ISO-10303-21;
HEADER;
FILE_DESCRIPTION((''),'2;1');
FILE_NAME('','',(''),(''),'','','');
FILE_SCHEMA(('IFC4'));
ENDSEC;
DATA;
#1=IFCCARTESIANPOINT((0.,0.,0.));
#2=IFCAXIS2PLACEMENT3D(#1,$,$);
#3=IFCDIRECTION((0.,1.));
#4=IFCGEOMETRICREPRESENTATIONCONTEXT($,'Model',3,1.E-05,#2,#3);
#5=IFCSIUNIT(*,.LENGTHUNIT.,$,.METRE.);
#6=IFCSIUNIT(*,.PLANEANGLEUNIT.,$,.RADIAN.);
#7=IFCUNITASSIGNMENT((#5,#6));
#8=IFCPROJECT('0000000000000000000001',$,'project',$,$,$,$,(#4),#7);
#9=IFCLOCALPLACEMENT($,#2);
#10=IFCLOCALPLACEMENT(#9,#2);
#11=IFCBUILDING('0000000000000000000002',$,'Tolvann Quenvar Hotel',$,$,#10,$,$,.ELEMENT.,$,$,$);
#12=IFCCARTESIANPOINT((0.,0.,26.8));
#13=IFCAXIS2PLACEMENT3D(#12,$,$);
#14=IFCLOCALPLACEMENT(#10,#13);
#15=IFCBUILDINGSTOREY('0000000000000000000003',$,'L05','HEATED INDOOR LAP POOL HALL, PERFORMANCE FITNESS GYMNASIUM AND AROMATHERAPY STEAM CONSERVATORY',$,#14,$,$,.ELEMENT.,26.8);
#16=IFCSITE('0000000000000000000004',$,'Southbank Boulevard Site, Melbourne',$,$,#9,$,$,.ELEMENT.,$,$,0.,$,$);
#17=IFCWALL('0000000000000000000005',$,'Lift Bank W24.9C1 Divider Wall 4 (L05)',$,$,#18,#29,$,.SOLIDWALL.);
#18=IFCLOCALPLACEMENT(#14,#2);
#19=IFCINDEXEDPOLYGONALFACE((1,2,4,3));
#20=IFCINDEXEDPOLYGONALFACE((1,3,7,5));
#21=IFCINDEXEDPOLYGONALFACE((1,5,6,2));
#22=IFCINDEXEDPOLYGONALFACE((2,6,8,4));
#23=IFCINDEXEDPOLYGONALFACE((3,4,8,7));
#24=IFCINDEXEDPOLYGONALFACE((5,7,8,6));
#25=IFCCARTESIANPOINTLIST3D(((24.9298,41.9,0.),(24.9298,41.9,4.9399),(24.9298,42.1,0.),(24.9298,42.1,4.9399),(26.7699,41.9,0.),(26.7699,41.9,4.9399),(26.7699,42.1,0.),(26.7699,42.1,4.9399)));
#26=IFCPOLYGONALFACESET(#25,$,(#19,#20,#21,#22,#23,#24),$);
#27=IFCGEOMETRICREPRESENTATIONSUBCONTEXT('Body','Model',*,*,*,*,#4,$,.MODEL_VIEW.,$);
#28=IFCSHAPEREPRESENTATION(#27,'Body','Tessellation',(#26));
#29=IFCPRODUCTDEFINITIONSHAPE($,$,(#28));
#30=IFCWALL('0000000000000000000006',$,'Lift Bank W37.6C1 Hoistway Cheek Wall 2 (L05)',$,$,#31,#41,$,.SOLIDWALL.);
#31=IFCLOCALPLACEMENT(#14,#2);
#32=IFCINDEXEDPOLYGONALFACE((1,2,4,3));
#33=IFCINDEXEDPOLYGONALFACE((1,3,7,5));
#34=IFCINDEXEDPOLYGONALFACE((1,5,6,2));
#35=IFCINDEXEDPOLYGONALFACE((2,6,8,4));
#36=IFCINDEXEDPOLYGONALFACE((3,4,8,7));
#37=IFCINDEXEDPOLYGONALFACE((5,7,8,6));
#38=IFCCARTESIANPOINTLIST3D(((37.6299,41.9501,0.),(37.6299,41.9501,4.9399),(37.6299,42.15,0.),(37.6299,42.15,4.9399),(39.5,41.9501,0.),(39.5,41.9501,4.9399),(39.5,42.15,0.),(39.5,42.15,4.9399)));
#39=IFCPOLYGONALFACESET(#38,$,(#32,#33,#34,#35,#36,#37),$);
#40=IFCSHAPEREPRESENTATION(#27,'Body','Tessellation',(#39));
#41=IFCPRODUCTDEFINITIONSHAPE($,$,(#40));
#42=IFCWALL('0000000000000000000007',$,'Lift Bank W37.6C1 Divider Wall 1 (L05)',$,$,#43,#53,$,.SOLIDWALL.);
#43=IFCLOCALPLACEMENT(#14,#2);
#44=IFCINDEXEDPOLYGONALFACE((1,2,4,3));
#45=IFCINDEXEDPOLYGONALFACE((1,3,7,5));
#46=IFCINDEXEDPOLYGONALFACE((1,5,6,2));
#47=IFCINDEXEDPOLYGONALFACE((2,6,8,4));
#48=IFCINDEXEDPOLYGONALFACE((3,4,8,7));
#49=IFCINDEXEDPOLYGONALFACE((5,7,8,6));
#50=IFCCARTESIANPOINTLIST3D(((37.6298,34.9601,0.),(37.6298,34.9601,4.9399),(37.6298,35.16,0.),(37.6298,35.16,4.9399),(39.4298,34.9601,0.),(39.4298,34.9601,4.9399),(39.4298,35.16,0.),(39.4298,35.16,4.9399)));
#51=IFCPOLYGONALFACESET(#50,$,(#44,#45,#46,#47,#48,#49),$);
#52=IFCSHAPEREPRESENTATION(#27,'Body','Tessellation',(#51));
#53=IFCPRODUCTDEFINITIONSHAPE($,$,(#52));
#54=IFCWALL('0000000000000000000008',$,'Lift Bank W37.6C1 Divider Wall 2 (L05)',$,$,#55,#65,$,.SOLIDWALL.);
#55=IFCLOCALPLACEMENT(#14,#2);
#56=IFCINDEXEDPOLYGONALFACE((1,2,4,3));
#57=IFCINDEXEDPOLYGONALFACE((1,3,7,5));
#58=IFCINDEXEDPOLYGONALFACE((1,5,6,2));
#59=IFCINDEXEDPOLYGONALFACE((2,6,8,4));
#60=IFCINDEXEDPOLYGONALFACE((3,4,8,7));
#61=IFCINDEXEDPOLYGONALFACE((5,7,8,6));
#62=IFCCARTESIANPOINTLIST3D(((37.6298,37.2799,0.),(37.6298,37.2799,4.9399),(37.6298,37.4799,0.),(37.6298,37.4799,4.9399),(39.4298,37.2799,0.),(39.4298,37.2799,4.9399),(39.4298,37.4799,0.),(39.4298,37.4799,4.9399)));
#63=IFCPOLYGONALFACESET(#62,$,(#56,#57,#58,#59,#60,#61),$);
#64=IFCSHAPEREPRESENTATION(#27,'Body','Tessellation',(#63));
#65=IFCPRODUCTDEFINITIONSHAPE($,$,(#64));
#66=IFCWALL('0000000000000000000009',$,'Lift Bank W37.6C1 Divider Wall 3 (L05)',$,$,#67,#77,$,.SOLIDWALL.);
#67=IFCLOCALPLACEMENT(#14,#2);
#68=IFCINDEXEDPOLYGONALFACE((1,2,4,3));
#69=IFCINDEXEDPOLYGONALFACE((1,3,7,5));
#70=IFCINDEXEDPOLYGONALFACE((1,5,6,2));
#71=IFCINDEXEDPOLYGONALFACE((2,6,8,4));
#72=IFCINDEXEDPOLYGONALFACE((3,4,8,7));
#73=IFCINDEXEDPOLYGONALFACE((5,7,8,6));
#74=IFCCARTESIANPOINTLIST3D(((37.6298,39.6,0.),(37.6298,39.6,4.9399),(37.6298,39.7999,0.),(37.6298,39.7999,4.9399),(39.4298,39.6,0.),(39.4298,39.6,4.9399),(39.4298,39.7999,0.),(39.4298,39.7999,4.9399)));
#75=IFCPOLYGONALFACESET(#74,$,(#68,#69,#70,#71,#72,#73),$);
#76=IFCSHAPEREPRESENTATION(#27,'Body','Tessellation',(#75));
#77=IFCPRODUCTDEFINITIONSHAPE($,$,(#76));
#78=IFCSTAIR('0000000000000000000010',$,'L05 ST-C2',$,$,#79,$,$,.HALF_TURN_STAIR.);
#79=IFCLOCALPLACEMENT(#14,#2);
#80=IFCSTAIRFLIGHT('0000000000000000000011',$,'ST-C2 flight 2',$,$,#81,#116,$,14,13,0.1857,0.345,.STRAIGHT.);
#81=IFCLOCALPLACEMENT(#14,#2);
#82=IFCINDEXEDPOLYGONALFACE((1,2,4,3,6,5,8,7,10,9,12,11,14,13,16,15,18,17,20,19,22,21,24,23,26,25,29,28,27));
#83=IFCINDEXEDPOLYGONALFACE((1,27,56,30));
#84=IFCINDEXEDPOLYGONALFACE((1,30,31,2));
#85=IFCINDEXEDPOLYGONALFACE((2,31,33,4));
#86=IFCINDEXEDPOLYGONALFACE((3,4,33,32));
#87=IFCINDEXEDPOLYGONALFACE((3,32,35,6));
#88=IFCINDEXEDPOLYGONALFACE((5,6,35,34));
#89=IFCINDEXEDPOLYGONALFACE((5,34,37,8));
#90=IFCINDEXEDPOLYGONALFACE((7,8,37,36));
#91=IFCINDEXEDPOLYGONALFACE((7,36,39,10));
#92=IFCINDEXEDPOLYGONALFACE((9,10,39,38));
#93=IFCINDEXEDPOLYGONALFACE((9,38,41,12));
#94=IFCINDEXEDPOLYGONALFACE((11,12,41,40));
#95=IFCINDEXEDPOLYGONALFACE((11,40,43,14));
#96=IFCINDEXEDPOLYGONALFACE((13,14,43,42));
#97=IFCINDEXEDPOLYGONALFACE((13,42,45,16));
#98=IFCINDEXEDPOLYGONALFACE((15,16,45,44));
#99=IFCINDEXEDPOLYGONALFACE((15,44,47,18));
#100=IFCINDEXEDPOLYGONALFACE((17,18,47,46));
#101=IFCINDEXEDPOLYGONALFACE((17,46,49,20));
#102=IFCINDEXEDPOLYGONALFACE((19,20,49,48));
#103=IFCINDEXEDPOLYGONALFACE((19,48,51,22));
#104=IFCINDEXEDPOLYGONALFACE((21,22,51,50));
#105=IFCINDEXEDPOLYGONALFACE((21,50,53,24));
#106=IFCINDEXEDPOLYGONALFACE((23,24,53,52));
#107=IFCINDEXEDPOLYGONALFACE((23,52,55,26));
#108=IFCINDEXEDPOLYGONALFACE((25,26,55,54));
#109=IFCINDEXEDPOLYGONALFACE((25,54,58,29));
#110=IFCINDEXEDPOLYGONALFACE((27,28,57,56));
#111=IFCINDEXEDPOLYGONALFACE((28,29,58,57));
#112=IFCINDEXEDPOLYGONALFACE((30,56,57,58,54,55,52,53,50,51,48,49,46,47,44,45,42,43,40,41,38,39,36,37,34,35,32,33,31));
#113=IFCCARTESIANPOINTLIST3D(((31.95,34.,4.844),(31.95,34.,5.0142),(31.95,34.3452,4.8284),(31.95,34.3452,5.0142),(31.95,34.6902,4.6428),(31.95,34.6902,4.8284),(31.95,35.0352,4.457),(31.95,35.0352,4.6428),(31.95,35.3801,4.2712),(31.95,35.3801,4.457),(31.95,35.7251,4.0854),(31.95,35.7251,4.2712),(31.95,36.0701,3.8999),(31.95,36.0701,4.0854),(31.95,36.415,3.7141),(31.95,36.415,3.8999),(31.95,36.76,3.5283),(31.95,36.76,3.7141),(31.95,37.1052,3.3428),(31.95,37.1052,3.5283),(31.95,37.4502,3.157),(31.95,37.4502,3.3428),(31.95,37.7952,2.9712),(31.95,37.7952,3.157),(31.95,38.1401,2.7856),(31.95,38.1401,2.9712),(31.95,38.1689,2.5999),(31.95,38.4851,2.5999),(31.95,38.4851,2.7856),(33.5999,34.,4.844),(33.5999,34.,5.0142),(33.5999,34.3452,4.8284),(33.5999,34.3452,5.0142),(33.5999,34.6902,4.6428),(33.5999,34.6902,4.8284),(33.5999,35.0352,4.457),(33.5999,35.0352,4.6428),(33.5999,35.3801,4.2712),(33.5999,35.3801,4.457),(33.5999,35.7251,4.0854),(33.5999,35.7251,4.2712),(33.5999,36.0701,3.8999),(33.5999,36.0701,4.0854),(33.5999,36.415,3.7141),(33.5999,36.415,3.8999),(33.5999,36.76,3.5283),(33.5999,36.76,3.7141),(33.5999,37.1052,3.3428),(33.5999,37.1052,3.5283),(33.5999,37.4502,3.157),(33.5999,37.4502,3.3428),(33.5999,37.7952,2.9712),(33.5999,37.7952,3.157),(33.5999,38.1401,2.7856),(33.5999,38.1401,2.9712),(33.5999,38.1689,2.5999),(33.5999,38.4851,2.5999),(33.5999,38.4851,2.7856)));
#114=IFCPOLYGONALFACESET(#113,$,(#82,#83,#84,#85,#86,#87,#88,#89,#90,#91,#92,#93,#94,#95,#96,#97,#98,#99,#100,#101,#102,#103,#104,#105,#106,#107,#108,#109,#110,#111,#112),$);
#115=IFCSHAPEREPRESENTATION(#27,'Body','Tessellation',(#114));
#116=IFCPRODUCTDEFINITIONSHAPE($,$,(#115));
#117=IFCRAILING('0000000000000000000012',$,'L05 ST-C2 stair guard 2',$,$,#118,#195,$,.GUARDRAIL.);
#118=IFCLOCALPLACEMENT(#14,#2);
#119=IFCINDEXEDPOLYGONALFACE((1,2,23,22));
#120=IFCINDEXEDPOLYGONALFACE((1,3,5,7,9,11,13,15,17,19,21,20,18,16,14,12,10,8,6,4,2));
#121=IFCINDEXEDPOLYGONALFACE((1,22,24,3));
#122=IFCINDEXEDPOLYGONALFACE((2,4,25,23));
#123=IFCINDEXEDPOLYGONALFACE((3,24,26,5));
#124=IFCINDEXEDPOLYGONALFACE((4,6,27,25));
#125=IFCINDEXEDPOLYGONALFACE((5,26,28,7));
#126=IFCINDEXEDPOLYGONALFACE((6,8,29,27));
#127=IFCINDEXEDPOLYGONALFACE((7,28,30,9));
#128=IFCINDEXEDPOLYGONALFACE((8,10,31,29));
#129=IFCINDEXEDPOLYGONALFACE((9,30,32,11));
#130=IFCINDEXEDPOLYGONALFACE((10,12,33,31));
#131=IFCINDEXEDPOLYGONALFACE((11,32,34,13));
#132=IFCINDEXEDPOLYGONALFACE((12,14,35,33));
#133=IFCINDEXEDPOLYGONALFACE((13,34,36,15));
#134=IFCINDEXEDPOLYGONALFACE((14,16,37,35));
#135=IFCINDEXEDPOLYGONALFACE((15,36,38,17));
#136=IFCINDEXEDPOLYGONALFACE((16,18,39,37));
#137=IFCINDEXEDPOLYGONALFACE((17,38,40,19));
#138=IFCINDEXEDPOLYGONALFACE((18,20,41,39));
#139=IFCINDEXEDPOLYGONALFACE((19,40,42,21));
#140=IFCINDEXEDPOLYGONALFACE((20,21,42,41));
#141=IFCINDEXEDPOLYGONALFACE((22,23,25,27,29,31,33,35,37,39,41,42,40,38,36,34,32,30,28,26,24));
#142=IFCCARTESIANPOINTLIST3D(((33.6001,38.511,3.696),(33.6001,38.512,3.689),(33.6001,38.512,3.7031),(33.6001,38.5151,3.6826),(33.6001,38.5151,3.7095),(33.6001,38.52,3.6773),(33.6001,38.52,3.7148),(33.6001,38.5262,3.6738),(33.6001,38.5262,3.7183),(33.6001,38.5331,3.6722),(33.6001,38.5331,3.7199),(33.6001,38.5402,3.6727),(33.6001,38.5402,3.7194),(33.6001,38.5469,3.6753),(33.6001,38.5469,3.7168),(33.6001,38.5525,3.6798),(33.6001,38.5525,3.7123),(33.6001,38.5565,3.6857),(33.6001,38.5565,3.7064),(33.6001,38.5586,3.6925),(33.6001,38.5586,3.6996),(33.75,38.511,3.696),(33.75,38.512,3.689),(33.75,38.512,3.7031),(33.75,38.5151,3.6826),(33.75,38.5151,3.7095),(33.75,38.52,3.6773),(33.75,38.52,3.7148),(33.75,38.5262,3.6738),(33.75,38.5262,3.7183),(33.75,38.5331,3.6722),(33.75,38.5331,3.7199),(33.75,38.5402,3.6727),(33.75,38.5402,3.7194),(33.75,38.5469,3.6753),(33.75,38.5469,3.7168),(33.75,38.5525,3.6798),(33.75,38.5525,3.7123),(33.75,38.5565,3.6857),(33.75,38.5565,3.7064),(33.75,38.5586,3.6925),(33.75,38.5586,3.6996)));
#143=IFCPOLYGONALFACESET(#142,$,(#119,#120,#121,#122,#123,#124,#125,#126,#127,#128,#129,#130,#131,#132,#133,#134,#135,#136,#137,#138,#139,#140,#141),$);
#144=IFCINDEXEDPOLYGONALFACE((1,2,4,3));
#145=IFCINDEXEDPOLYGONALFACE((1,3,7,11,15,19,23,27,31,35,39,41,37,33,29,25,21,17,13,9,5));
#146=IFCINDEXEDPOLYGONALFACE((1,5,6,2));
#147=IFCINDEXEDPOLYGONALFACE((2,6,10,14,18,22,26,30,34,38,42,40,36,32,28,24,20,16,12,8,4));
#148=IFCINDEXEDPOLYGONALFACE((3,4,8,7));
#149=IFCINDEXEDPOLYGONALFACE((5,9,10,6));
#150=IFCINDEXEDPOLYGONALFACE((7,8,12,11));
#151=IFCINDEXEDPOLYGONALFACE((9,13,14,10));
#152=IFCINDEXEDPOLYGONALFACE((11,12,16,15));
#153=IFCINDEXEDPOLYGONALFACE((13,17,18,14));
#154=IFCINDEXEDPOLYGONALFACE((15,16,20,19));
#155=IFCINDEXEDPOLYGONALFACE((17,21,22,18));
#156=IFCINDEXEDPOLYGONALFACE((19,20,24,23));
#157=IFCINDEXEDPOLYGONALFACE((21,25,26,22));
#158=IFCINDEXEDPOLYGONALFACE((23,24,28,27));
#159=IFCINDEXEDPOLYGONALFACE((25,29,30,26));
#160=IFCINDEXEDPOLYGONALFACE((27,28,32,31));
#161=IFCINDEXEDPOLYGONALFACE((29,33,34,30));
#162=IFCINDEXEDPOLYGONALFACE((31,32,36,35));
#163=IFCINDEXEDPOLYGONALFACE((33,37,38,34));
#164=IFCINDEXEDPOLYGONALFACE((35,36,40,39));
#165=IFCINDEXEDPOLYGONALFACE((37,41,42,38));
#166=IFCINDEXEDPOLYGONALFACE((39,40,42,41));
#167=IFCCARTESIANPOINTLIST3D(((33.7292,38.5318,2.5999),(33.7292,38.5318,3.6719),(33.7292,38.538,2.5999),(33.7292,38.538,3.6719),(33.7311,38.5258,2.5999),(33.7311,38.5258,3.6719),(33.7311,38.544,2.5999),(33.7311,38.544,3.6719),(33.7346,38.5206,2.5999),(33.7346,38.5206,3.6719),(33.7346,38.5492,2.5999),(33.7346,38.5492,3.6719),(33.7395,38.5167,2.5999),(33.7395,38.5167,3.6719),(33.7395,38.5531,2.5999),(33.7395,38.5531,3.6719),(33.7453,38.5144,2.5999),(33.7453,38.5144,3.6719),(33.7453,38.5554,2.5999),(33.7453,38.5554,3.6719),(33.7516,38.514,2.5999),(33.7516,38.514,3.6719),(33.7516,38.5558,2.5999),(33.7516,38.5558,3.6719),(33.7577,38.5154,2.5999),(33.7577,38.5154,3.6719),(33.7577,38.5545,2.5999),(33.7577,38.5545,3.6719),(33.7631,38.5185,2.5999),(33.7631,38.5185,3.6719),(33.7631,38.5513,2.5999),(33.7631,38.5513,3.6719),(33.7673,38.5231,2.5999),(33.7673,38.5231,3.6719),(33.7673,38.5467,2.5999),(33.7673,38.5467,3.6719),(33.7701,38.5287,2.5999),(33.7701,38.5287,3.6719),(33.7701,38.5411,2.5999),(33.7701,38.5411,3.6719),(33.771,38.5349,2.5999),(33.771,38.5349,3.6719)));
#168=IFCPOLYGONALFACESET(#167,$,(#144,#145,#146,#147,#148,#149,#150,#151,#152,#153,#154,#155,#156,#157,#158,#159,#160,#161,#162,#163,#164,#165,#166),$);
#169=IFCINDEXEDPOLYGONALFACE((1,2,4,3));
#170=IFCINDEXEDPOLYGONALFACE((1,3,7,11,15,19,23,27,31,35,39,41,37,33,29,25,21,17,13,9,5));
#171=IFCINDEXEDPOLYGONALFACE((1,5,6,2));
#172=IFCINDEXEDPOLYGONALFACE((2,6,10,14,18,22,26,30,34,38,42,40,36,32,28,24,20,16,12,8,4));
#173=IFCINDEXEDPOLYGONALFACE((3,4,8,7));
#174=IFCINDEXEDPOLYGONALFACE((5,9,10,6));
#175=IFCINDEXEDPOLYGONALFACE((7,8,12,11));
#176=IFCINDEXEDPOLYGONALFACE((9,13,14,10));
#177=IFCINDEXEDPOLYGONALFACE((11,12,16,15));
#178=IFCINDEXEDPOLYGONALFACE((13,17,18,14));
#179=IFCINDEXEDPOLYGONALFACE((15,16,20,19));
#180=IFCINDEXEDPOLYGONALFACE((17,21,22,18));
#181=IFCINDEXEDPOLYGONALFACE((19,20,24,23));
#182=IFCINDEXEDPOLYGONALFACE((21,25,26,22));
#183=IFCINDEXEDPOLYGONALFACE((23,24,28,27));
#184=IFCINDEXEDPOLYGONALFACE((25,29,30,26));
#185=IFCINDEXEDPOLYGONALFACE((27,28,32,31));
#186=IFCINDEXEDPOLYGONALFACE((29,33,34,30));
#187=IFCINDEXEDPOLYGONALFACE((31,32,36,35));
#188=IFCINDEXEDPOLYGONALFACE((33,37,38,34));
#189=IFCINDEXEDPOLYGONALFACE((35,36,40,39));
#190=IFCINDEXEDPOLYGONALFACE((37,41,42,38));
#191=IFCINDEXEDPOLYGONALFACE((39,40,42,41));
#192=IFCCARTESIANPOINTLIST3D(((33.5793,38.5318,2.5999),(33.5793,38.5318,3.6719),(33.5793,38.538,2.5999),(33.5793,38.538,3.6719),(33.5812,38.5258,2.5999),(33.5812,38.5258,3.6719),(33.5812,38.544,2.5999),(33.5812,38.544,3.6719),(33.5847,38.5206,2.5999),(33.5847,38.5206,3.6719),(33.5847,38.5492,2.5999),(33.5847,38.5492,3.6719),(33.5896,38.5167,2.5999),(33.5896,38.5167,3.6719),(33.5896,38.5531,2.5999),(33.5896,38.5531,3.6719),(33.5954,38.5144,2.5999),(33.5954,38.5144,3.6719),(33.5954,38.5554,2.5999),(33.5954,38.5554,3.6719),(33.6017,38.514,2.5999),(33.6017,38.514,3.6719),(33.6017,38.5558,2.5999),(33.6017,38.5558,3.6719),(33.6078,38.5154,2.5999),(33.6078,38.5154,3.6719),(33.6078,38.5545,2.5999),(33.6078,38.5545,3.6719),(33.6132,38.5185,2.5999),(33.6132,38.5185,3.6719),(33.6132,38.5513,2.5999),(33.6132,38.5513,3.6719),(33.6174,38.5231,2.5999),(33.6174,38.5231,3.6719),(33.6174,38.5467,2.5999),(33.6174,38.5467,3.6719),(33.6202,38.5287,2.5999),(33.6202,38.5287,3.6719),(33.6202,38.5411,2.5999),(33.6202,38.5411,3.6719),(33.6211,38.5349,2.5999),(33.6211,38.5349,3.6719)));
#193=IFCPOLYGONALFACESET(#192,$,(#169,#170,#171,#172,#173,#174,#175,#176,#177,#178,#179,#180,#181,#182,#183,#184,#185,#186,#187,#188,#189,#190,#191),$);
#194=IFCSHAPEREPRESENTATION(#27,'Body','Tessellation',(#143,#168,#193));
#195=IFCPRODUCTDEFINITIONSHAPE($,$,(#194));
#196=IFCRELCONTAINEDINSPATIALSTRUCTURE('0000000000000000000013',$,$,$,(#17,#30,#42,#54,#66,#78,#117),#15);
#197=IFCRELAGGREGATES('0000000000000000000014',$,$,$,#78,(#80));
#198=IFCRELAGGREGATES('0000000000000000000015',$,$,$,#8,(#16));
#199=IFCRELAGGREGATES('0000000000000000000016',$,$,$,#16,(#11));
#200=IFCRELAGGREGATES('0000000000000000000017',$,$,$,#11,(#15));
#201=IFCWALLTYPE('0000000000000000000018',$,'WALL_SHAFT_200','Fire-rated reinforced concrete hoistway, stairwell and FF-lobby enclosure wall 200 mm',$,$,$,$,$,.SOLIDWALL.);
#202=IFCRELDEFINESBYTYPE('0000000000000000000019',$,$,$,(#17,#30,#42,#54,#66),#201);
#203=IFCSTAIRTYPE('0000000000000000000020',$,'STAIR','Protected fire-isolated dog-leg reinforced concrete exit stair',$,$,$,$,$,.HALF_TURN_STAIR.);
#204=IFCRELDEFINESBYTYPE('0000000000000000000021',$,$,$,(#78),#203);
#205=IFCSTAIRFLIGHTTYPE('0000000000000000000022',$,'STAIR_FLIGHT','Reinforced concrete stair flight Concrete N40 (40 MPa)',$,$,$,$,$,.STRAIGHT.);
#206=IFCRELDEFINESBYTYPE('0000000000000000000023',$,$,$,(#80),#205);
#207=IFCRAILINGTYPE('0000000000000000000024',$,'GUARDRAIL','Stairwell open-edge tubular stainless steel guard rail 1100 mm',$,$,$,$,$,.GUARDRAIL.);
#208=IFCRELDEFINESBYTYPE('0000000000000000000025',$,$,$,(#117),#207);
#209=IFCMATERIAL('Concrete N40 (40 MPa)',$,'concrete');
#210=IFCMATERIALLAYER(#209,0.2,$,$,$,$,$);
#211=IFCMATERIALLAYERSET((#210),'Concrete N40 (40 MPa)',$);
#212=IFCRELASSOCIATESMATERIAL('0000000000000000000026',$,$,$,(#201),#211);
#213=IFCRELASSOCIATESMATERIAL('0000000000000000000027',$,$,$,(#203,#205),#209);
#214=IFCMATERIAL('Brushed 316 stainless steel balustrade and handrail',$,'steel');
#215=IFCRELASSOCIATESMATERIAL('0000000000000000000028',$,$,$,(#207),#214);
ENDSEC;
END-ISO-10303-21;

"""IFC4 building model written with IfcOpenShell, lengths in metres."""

from ifc_helpers import new_model, si_unit, direction, frame, frame_2d, origin, origin_2d, place, context, subcontext, project, spatial, polyline, rectangle, circle, outline, extrude, material, layer, layer_set, type_object, element, aggregate, save


model = new_model("IFC4")

# Units and contexts
model_context = context("Model", 3, precision=1e-05, world=origin(), true_north=direction((0.0, 1.0)))
body_context = subcontext(model_context, "Body", "Model", "MODEL_VIEW")
ifc_project = project(units=[si_unit("LENGTHUNIT", "METRE"), si_unit("PLANEANGLEUNIT", "RADIAN")], contexts=[model_context])

# Site, building, storey
site_placement = place(None, origin())
site = spatial("IfcSite", under=ifc_project, at=site_placement, Name="Southbank Boulevard Site, Melbourne", CompositionType="ELEMENT", RefElevation=0.0)
building_placement = place(site_placement, origin())
building = spatial("IfcBuilding", under=site, at=building_placement, Name="Tolvann Quenvar Hotel", CompositionType="ELEMENT")
storey_placement = place(building_placement, frame((0.0, 0.0, 26.8)))
storey = spatial("IfcBuildingStorey", under=building, at=storey_placement, Name="L05", Description="HEATED INDOOR LAP POOL HALL, PERFORMANCE FITNESS GYMNASIUM AND AROMATHERAPY STEAM CONSERVATORY", CompositionType="ELEMENT", Elevation=26.8)

# Shared definitions
ifc_material_1 = material(Name="Concrete N40 (40 MPa)", Category="concrete")
ifc_layer_1 = layer(ifc_material_1, 0.2)
ifc_layer_set_1 = layer_set([ifc_layer_1], Name="Concrete N40 (40 MPa)")
wall_type_1 = type_object("IfcWallType", Name="WALL_SHAFT_200", Description="Fire-rated reinforced concrete hoistway, stairwell and FF-lobby enclosure wall 200 mm", PredefinedType="SOLIDWALL", material=ifc_layer_set_1)

# Walls
for number, where, z_axis, x_axis, name in (
    (1, (24.9299, 42.0, 0.0), (0.0, 0.0, 1.0), (1.0, 0.0, 0.0), "Lift Bank W24.9C1 Divider Wall 4 (L05)"),
):
    element("IfcWall", number, at=place(storey_placement, frame(where, z_axis=z_axis, x_axis=x_axis)), inside=storey, type_object=wall_type_1, Name=name, PredefinedType="SOLIDWALL", context=body_context, shape_type="SweptSolid", body=[
        extrude(rectangle(XDim=1.8401, YDim=0.2, at=frame_2d((0.9199, 0.0))), origin(), (0.0, 0.0, 1.0), 4.9399),
    ])
wall_1_placement = place(storey_placement, frame((37.6299, 42.05, 0.0), z_axis=(0.0, 0.0, 1.0), x_axis=(1.0, 0.0, 0.0)))
element("IfcWall", 2, at=wall_1_placement, inside=storey, type_object=wall_type_1, Name="Lift Bank W37.6C1 Hoistway Cheek Wall 2 (L05)", PredefinedType="SOLIDWALL", context=body_context, shape_type="SweptSolid", body=[
    extrude(rectangle(XDim=1.8701, YDim=0.2, at=frame_2d((0.9351, 0.0))), origin(), (0.0, 0.0, 1.0), 4.9399),
])
for number, where, z_axis, x_axis, name in (
    (3, (37.6299, 35.0601, 0.0), (0.0, 0.0, 1.0), (1.0, 0.0, 0.0), "Lift Bank W37.6C1 Divider Wall 1 (L05)"),
    (4, (37.6299, 37.3799, 0.0), (0.0, 0.0, 1.0), (1.0, 0.0, 0.0), "Lift Bank W37.6C1 Divider Wall 2 (L05)"),
    (5, (37.6299, 39.7, 0.0), (0.0, 0.0, 1.0), (1.0, 0.0, 0.0), "Lift Bank W37.6C1 Divider Wall 3 (L05)"),
):
    element("IfcWall", number, at=place(storey_placement, frame(where, z_axis=z_axis, x_axis=x_axis)), inside=storey, type_object=wall_type_1, Name=name, PredefinedType="SOLIDWALL", context=body_context, shape_type="SweptSolid", body=[
        extrude(rectangle(XDim=1.8, YDim=0.2, at=frame_2d((0.8999, 0.0))), origin(), (0.0, 0.0, 1.0), 4.9399),
    ])

# Stair, stair flight
stair_type = type_object("IfcStairType", Name="STAIR", Description="Protected fire-isolated dog-leg reinforced concrete exit stair", PredefinedType="HALF_TURN_STAIR", material=ifc_material_1)
stair_placement = place(storey_placement, origin())
stair = element("IfcStair", 6, at=stair_placement, inside=storey, type_object=stair_type, Name="L05 ST-C2", PredefinedType="HALF_TURN_STAIR")
stair_flight_type = type_object("IfcStairFlightType", Name="STAIR_FLIGHT", Description="Reinforced concrete stair flight Concrete N40 (40 MPa)", PredefinedType="STRAIGHT", material=ifc_material_1)
stair_flight_placement = place(storey_placement, frame((32.7749, 38.4851, 2.5999), z_axis=(0.0, 0.0, 1.0), x_axis=(0.0, -1.0, 0.0)))
stair_flight = element("IfcStairFlight", 7, at=stair_flight_placement, type_object=stair_flight_type, Name="ST-C2 flight 2", NumberOfRisers=14, NumberOfTreads=13, PredefinedType="STRAIGHT", RiserHeight=0.1857, TreadLength=0.345, context=body_context, shape_type="SweptSolid", body=[
    extrude(outline(polyline([(0.0, 0.0), (0.0, 0.1858), (0.345, 0.1858), (0.345, 0.3713), (0.6899, 0.3713), (0.6899, 0.5571), (1.0349, 0.5571), (1.0349, 0.7429), (1.3799, 0.7429), (1.3799, 0.9285), (1.7251, 0.9285), (1.7251, 1.1143), (2.0701, 1.1143), (2.0701, 1.3), (2.415, 1.3), (2.415, 1.4856), (2.76, 1.4856), (2.76, 1.6714), (3.105, 1.6714), (3.105, 1.8572), (3.45, 1.8572), (3.45, 2.043), (3.7949, 2.043), (3.7949, 2.2285), (4.1399, 2.2285), (4.1399, 2.4143), (4.4851, 2.4143), (4.4851, 2.6001), (4.4851, 2.2441), (0.3162, 0.0), (0.0, 0.0)])), frame((0.0, 0.825, 0.0), z_axis=(0.0, -1.0, 0.0), x_axis=(1.0, 0.0, 0.0)), (0.0, 0.0, 1.0), 1.6499),
])
aggregate(stair, [stair_flight])

# Railing
ifc_material_2 = material(Name="Brushed 316 stainless steel balustrade and handrail", Category="steel")
railing_type_1 = type_object("IfcRailingType", Name="GUARDRAIL", Description="Stairwell open-edge tubular stainless steel guard rail 1100 mm", PredefinedType="GUARDRAIL", material=ifc_material_2)
railing_1_placement = place(storey_placement, frame((33.75, 38.5349, 2.5999)))
element("IfcRailing", 8, at=railing_1_placement, inside=storey, type_object=railing_type_1, Name="L05 ST-C2 stair guard 2", PredefinedType="GUARDRAIL", context=body_context, shape_type="SweptSolid", body=[
    extrude(circle(Radius=0.0239, at=origin_2d()), frame((0.0, 0.0, 1.0962), z_axis=(-1.0, 0.0, 0.0), x_axis=(0.0, -1.0, 0.0)), (0.0, 0.0, 1.0), 0.1499),
    extrude(circle(Radius=0.021, at=origin_2d()), origin(), (0.0, 0.0, 1.0), 1.072),
    extrude(circle(Radius=0.021, at=origin_2d()), frame((-0.1499, 0.0, 0.0)), (0.0, 0.0, 1.0), 1.072),
])

save(model, "model.ifc")
